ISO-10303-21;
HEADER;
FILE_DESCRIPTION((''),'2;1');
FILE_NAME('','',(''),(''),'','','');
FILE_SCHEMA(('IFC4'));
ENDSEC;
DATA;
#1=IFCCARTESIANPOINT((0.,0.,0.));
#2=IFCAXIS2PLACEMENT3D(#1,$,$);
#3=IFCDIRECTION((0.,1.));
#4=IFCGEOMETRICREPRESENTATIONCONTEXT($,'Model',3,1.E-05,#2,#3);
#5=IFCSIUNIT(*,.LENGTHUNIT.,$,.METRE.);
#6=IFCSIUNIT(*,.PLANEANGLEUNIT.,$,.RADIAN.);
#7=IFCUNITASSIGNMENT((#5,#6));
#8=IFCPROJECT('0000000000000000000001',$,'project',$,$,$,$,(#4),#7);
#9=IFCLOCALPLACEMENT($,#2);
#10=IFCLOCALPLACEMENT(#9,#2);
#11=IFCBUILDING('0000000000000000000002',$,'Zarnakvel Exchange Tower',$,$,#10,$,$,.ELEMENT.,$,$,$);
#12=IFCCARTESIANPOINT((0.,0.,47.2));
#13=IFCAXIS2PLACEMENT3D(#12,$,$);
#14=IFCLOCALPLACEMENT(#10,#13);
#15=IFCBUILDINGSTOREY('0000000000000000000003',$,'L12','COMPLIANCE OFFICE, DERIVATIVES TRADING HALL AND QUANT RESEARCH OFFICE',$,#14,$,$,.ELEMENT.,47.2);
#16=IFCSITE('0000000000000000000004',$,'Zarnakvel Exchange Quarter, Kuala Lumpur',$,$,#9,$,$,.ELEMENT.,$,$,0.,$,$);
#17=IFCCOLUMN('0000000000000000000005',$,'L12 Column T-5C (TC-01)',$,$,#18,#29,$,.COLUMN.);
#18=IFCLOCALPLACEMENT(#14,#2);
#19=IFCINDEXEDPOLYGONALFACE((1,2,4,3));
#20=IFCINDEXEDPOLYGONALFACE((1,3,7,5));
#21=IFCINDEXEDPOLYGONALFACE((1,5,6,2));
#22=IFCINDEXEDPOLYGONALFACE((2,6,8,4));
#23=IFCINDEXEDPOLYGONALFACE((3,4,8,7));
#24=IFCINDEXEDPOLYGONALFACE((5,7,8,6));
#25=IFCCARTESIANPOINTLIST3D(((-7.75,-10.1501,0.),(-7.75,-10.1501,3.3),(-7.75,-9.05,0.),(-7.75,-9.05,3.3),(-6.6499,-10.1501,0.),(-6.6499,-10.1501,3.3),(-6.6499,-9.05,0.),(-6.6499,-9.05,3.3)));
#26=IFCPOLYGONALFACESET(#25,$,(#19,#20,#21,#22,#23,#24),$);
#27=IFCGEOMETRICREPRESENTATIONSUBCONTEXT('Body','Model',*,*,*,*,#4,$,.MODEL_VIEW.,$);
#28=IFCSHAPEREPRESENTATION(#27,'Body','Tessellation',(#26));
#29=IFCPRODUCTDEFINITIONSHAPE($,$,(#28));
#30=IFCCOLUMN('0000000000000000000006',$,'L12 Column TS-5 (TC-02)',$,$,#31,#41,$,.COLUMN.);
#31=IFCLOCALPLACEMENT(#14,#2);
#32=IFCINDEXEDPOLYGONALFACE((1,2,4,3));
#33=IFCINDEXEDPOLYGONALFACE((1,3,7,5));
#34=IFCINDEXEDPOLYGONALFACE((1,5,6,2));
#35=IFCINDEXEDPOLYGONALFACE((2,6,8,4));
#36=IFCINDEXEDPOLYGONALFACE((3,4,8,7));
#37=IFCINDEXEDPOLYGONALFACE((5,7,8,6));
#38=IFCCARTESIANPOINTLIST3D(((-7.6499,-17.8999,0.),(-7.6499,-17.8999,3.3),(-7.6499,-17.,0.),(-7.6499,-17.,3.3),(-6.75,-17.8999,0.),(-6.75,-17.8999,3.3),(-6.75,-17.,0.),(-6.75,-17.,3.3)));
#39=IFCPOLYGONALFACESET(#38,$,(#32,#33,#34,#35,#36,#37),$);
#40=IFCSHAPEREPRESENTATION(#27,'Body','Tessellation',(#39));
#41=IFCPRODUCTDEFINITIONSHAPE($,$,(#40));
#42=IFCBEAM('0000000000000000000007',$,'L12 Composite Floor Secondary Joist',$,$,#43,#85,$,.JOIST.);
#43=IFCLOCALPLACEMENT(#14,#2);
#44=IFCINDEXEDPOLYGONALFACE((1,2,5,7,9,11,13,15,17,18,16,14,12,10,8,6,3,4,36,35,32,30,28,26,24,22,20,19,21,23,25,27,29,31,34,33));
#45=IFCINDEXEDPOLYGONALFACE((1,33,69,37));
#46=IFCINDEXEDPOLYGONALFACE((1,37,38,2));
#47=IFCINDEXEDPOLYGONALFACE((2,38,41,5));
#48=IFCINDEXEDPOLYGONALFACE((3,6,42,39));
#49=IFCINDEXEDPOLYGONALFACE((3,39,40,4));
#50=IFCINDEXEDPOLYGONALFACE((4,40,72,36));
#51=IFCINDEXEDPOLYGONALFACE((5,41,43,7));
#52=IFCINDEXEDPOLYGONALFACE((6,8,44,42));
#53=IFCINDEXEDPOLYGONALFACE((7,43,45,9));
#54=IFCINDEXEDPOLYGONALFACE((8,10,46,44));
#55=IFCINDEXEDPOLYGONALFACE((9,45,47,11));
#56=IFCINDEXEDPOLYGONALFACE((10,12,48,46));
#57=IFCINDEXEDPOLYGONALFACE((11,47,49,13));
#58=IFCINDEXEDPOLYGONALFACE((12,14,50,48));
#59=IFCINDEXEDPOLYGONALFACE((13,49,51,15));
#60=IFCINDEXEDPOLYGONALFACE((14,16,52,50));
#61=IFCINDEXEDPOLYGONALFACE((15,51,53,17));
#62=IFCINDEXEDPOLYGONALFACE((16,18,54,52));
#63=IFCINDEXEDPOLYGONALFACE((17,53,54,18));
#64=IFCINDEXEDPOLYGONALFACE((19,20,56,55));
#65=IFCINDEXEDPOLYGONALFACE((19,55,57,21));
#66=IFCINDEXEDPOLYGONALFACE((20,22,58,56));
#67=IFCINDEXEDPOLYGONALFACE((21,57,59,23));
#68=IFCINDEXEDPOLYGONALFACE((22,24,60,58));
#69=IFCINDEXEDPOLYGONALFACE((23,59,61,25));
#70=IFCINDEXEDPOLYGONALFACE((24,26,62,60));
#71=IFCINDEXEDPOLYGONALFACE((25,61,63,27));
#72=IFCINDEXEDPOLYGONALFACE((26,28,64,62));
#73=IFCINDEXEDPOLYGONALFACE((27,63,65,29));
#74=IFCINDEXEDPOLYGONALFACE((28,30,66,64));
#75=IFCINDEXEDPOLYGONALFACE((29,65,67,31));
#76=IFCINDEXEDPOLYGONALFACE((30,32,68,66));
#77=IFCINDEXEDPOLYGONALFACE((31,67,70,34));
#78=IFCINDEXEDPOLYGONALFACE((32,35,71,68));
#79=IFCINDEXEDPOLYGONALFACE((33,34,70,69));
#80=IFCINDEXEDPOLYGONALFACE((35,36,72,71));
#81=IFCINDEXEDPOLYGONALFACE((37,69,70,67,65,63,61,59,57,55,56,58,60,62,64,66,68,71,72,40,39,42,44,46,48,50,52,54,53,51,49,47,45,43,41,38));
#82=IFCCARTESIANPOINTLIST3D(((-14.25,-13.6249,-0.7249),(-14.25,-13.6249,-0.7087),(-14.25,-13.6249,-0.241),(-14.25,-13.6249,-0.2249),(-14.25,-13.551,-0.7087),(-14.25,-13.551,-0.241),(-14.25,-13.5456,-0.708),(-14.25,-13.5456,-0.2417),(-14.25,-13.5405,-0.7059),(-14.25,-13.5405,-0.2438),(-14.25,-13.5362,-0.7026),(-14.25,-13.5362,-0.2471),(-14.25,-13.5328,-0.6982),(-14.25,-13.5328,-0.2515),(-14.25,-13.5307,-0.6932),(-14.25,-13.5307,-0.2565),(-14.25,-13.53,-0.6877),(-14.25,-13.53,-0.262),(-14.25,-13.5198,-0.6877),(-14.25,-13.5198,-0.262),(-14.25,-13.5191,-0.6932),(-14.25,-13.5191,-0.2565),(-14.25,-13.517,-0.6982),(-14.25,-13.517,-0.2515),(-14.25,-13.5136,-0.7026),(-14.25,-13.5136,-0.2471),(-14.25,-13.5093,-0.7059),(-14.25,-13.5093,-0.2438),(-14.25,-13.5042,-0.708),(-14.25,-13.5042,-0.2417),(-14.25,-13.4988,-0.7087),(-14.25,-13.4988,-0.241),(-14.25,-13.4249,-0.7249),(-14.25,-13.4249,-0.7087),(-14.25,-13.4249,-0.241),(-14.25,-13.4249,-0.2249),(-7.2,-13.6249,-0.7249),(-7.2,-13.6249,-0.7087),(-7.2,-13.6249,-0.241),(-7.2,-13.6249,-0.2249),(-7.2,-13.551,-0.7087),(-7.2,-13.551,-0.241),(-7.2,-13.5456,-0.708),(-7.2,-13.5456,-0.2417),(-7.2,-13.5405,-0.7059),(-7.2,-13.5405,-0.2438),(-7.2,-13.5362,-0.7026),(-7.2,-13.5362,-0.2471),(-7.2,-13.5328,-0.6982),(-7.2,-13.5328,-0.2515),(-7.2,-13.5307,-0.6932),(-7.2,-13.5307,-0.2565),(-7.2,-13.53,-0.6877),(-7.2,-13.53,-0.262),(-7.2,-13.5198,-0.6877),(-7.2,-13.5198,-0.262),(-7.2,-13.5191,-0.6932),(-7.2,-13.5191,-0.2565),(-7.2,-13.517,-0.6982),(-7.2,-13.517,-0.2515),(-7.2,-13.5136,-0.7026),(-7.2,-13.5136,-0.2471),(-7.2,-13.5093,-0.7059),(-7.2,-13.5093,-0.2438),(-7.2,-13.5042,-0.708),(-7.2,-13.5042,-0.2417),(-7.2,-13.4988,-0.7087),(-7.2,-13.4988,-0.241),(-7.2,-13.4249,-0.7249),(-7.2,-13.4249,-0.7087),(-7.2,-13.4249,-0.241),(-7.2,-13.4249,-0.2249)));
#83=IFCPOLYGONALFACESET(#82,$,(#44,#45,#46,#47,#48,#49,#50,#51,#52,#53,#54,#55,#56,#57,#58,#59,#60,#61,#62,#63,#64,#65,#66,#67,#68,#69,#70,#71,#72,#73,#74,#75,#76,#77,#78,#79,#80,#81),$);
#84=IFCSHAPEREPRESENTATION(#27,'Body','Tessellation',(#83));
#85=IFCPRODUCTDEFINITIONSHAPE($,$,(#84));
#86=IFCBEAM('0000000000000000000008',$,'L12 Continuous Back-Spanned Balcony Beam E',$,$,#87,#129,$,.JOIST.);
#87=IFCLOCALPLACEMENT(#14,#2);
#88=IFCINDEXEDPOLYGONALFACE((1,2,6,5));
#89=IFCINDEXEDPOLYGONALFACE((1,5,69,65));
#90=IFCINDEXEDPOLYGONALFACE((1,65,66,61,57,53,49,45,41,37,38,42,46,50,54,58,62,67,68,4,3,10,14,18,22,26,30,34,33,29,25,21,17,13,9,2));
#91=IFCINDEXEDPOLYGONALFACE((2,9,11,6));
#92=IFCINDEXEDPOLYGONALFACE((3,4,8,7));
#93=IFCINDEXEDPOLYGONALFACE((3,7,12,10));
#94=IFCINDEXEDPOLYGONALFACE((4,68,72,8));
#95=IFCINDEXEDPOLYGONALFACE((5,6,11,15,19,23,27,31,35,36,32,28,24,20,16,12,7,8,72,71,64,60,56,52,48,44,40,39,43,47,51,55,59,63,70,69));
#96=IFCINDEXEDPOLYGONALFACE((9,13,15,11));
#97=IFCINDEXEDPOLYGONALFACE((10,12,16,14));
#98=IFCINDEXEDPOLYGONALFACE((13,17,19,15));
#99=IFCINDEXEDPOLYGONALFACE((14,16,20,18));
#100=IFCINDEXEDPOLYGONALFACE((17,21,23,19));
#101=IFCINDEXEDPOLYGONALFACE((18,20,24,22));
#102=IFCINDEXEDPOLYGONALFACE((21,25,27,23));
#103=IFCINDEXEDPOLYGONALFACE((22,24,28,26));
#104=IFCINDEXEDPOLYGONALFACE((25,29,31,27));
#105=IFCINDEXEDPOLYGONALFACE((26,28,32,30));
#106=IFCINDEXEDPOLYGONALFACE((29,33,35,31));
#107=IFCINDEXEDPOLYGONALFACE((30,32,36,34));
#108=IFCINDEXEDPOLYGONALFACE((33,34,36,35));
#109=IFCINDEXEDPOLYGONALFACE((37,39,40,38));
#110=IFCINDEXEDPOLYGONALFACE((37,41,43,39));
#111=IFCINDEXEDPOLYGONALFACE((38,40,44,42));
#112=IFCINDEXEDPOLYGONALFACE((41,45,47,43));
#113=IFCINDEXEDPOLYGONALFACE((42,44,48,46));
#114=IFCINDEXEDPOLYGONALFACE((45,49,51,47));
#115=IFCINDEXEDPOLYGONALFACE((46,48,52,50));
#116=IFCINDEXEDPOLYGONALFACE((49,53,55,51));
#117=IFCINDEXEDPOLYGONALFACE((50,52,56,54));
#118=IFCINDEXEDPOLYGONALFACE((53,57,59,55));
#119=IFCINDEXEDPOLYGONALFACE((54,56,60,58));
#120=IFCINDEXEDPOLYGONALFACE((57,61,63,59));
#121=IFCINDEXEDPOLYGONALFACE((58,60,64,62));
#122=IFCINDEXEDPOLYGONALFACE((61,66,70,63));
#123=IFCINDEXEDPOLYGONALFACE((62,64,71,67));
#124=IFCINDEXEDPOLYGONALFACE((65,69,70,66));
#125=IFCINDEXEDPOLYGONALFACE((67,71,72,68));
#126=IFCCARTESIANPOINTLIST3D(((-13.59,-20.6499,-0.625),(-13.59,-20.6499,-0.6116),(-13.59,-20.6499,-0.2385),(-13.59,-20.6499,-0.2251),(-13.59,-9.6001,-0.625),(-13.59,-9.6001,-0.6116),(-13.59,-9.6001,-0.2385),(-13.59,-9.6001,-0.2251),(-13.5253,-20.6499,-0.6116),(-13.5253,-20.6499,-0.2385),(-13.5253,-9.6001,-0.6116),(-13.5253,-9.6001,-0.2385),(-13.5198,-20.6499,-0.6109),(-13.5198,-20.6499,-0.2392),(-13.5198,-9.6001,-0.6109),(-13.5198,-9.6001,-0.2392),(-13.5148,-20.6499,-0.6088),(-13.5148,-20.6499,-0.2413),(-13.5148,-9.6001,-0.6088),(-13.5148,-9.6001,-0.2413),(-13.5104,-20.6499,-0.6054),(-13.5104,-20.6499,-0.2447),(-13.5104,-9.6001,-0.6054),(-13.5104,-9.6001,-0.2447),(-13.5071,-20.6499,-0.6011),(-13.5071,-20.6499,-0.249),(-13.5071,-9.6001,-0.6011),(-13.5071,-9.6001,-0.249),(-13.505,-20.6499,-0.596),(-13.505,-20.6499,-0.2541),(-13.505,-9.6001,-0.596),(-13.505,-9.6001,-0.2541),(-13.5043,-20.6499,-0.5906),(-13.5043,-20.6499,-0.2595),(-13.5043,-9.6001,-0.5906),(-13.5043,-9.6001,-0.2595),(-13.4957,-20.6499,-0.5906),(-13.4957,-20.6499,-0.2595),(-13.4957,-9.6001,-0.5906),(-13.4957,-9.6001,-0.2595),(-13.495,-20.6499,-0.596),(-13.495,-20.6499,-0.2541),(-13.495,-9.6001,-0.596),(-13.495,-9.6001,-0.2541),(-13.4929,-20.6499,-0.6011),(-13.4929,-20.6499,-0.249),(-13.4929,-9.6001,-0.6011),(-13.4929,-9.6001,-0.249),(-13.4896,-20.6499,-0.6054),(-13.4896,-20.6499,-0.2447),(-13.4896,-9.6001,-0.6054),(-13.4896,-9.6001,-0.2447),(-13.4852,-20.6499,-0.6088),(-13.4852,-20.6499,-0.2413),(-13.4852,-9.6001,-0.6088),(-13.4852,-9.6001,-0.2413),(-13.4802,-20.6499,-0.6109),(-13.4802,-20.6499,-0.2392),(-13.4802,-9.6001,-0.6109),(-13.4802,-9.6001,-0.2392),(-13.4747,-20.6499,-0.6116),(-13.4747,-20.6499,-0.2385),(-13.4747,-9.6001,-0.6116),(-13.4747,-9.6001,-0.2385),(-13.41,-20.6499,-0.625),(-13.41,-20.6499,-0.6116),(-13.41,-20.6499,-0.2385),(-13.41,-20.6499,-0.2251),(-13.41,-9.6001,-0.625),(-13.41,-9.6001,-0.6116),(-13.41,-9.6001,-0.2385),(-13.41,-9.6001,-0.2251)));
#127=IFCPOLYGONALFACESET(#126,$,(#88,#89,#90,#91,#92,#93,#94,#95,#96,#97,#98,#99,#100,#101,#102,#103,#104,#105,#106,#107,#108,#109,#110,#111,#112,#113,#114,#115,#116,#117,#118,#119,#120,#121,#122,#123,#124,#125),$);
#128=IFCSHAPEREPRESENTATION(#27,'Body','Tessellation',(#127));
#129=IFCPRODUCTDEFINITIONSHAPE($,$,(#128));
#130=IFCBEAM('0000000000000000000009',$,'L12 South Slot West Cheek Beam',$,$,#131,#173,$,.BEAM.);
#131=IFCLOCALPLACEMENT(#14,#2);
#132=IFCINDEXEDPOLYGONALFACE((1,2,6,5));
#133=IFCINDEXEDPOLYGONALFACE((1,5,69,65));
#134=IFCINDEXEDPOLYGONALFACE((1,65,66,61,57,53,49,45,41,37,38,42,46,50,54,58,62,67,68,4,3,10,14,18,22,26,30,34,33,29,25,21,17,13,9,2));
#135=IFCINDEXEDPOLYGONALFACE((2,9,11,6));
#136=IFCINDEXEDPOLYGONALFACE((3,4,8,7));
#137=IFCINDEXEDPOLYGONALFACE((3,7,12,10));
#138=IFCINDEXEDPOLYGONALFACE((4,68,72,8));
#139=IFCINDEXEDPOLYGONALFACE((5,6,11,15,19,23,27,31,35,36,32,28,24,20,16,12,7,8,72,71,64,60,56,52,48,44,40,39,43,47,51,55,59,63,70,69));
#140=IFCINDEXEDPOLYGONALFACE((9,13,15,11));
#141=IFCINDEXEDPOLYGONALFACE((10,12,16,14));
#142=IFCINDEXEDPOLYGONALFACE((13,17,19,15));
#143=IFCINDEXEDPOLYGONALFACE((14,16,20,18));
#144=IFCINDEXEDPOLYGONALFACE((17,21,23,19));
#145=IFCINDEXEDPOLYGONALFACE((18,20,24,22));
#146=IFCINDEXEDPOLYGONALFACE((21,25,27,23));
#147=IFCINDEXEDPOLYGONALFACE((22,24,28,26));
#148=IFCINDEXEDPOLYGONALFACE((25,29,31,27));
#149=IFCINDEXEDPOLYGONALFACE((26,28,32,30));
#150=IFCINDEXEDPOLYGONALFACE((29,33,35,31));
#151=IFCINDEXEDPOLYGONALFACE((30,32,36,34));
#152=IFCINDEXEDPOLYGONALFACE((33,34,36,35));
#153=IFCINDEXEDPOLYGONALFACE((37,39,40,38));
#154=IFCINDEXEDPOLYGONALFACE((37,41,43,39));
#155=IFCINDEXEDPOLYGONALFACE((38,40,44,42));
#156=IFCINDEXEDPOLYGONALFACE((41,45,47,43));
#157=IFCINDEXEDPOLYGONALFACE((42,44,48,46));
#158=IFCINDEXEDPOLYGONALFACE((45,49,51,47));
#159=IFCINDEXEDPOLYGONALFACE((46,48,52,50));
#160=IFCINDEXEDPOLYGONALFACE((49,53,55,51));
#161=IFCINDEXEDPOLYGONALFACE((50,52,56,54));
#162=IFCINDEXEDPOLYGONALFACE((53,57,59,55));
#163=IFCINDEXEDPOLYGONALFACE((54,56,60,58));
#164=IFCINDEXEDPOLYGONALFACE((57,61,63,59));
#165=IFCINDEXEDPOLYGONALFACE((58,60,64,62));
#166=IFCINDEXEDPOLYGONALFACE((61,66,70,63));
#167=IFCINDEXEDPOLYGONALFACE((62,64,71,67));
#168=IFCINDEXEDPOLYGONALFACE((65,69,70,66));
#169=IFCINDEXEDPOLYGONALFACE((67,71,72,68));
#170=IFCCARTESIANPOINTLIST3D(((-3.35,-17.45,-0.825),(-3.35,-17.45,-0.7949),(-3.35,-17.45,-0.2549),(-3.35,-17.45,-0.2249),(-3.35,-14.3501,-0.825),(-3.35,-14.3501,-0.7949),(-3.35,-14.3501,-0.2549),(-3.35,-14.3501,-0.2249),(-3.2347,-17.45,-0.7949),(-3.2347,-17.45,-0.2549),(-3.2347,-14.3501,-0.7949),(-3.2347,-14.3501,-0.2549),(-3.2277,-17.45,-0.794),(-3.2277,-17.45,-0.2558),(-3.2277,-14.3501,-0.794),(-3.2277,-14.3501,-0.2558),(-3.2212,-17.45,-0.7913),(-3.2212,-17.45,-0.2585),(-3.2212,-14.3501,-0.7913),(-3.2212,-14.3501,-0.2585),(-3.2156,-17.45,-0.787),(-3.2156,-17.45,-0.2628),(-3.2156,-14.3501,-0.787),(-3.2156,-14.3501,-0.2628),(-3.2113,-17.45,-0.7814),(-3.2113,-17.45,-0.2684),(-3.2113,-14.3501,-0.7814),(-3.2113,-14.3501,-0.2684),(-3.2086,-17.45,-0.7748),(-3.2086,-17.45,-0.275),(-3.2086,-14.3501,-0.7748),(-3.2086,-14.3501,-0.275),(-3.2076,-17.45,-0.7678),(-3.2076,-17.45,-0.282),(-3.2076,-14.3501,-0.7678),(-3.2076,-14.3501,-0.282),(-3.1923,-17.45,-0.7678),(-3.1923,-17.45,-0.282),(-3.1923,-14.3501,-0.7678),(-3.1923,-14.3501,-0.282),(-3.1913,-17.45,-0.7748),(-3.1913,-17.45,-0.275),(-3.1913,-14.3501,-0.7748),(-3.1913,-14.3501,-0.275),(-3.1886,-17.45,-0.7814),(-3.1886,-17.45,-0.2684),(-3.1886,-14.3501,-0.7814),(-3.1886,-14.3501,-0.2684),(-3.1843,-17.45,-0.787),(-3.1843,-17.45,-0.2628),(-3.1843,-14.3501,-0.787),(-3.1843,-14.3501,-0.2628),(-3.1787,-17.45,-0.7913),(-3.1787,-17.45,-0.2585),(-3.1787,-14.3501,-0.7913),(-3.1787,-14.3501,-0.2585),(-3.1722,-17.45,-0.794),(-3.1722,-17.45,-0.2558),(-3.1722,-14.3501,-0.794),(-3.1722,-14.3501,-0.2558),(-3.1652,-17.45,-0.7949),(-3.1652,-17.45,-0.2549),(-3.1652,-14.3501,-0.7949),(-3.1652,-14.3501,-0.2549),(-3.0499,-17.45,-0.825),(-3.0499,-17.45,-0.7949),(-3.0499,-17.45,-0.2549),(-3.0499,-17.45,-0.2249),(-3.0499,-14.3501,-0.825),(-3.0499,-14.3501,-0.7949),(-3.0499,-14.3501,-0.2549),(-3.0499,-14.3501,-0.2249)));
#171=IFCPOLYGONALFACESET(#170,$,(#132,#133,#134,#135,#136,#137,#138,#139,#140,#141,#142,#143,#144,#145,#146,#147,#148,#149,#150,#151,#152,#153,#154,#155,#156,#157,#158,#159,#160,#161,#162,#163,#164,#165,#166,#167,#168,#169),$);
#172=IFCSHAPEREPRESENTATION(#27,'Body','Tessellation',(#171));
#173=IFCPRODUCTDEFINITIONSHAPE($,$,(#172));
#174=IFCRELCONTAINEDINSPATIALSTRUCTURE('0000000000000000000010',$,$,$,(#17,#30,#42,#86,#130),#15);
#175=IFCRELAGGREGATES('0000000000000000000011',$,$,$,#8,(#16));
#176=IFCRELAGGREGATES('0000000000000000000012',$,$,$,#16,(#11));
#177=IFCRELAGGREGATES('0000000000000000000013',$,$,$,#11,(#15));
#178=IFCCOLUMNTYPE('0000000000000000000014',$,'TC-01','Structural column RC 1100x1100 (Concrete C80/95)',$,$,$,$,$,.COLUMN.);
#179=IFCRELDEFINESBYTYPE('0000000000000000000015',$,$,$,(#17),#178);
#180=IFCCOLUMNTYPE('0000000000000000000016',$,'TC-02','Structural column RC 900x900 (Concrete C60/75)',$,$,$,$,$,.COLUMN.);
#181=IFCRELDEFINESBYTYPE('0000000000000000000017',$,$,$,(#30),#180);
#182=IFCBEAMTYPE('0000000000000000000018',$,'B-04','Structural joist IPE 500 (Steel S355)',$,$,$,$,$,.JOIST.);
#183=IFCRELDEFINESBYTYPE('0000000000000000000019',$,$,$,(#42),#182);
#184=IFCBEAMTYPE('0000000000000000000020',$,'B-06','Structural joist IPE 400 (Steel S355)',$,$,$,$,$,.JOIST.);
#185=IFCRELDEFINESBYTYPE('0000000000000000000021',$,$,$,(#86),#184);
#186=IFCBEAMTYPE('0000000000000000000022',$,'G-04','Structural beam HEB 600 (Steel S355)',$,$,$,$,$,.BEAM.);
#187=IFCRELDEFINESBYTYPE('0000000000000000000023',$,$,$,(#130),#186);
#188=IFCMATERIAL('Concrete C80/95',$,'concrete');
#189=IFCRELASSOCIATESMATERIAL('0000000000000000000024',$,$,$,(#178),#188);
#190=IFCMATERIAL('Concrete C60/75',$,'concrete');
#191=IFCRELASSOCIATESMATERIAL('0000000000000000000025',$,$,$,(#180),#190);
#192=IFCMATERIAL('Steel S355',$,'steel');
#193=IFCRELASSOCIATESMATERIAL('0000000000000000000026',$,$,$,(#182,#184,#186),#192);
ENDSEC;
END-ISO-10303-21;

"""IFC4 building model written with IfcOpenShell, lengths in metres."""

from ifc_helpers import new_model, si_unit, direction, frame, origin, origin_2d, place, context, subcontext, project, spatial, rectangle, i_section, extrude, material, material_profile, profile_set, type_object, element, save


model = new_model("IFC4")

# Units and contexts
model_context = context("Model", 3, precision=1e-05, world=origin(), true_north=direction((0.0, 1.0)))
body_context = subcontext(model_context, "Body", "Model", "MODEL_VIEW")
ifc_project = project(units=[si_unit("LENGTHUNIT", "METRE"), si_unit("PLANEANGLEUNIT", "RADIAN")], contexts=[model_context])

# Site, building, storey
site_placement = place(None, origin())
site = spatial("IfcSite", under=ifc_project, at=site_placement, Name="Zarnakvel Exchange Quarter, Kuala Lumpur", CompositionType="ELEMENT", RefElevation=0.0)
building_placement = place(site_placement, origin())
building = spatial("IfcBuilding", under=site, at=building_placement, Name="Zarnakvel Exchange Tower", CompositionType="ELEMENT")
storey_placement = place(building_placement, frame((0.0, 0.0, 47.2)))
storey = spatial("IfcBuildingStorey", under=building, at=storey_placement, Name="L12", Description="COMPLIANCE OFFICE, DERIVATIVES TRADING HALL AND QUANT RESEARCH OFFICE", CompositionType="ELEMENT", Elevation=47.2)

# Columns
ifc_material_1 = material(Name="Concrete C80/95", Category="concrete")
ifc_material_profile_1 = material_profile(ifc_material_1, rectangle(XDim=1.1001, YDim=1.1001, at=origin_2d()))
ifc_profile_set_1 = profile_set([ifc_material_profile_1], Name="Concrete C80/95")
column_type_1 = type_object("IfcColumnType", Name="TC-01", Description="Structural column RC 1100x1100 (Concrete C80/95)", PredefinedType="COLUMN", material=ifc_profile_set_1)
column_1_placement = place(storey_placement, frame((-7.2, -9.6001, 0.0), z_axis=(0.0, 0.0, 1.0), x_axis=(1.0, 0.0, 0.0)))
element("IfcColumn", 1, at=column_1_placement, inside=storey, type_object=column_type_1, Name="L12 Column T-5C (TC-01)", PredefinedType="COLUMN", context=body_context, shape_type="SweptSolid", body=[
    extrude(rectangle(XDim=1.1001, YDim=1.1001, at=origin_2d()), origin(), (0.0, 0.0, 1.0), 3.3),
])
ifc_material_2 = material(Name="Concrete C60/75", Category="concrete")
ifc_material_profile_2 = material_profile(ifc_material_2, rectangle(XDim=0.8999, YDim=0.8999, at=origin_2d()))
ifc_profile_set_2 = profile_set([ifc_material_profile_2], Name="Concrete C60/75")
column_type_2 = type_object("IfcColumnType", Name="TC-02", Description="Structural column RC 900x900 (Concrete C60/75)", PredefinedType="COLUMN", material=ifc_profile_set_2)
column_2_placement = place(storey_placement, frame((-7.2, -17.45, 0.0), z_axis=(0.0, 0.0, 1.0), x_axis=(1.0, 0.0, 0.0)))
element("IfcColumn", 2, at=column_2_placement, inside=storey, type_object=column_type_2, Name="L12 Column TS-5 (TC-02)", PredefinedType="COLUMN", context=body_context, shape_type="SweptSolid", body=[
    extrude(rectangle(XDim=0.8999, YDim=0.8999, at=origin_2d()), origin(), (0.0, 0.0, 1.0), 3.3),
])

# Beams
ifc_material_3 = material(Name="Steel S355", Category="steel")
ifc_material_profile_3 = material_profile(ifc_material_3, i_section(OverallWidth=0.2, OverallDepth=0.5, WebThickness=0.0103, FlangeThickness=0.0161, FilletRadius=0.021, at=origin_2d()))
ifc_profile_set_3 = profile_set([ifc_material_profile_3], Name="Steel S355")
beam_type_1 = type_object("IfcBeamType", Name="B-04", Description="Structural joist IPE 500 (Steel S355)", PredefinedType="JOIST", material=ifc_profile_set_3)
beam_1_placement = place(storey_placement, frame((-14.25, -13.5249, -0.4749), z_axis=(1.0, 0.0, 0.0), x_axis=(0.0, 1.0, 0.0)))
element("IfcBeam", 3, at=beam_1_placement, inside=storey, type_object=beam_type_1, Name="L12 Composite Floor Secondary Joist", PredefinedType="JOIST", context=body_context, shape_type="SweptSolid", body=[
    extrude(i_section(OverallWidth=0.2, OverallDepth=0.5, WebThickness=0.0103, FlangeThickness=0.0161, FilletRadius=0.021, at=origin_2d()), origin(), (0.0, 0.0, 1.0), 7.05),
])
ifc_material_profile_4 = material_profile(ifc_material_3, i_section(OverallWidth=0.1799, OverallDepth=0.3999, WebThickness=0.0085, FlangeThickness=0.0134, FilletRadius=0.021, at=origin_2d()))
ifc_profile_set_4 = profile_set([ifc_material_profile_4], Name="Steel S355")
beam_type_2 = type_object("IfcBeamType", Name="B-06", Description="Structural joist IPE 400 (Steel S355)", PredefinedType="JOIST", material=ifc_profile_set_4)
beam_2_placement = place(storey_placement, frame((-13.5, -9.6001, -0.425), z_axis=(0.0, -1.0, 0.0), x_axis=(1.0, 0.0, 0.0)))
element("IfcBeam", 4, at=beam_2_placement, inside=storey, type_object=beam_type_2, Name="L12 Continuous Back-Spanned Balcony Beam E", PredefinedType="JOIST", context=body_context, shape_type="SweptSolid", body=[
    extrude(i_section(OverallWidth=0.1799, OverallDepth=0.3999, WebThickness=0.0085, FlangeThickness=0.0134, FilletRadius=0.021, at=origin_2d()), origin(), (0.0, 0.0, 1.0), 11.0498),
])
ifc_material_profile_5 = material_profile(ifc_material_3, i_section(OverallWidth=0.3, OverallDepth=0.6001, WebThickness=0.0154, FlangeThickness=0.03, FilletRadius=0.0271, at=origin_2d()))
ifc_profile_set_5 = profile_set([ifc_material_profile_5], Name="Steel S355")
beam_type_3 = type_object("IfcBeamType", Name="G-04", Description="Structural beam HEB 600 (Steel S355)", PredefinedType="BEAM", material=ifc_profile_set_5)
beam_3_placement = place(storey_placement, frame((-3.2, -17.45, -0.5249), z_axis=(0.0, 1.0, 0.0), x_axis=(-1.0, 0.0, 0.0)))
element("IfcBeam", 5, at=beam_3_placement, inside=storey, type_object=beam_type_3, Name="L12 South Slot West Cheek Beam", PredefinedType="BEAM", context=body_context, shape_type="SweptSolid", body=[
    extrude(i_section(OverallWidth=0.3, OverallDepth=0.6001, WebThickness=0.0154, FlangeThickness=0.03, FilletRadius=0.0271, at=origin_2d()), origin(), (0.0, 0.0, 1.0), 3.0999),
])

save(model, "model.ifc")
